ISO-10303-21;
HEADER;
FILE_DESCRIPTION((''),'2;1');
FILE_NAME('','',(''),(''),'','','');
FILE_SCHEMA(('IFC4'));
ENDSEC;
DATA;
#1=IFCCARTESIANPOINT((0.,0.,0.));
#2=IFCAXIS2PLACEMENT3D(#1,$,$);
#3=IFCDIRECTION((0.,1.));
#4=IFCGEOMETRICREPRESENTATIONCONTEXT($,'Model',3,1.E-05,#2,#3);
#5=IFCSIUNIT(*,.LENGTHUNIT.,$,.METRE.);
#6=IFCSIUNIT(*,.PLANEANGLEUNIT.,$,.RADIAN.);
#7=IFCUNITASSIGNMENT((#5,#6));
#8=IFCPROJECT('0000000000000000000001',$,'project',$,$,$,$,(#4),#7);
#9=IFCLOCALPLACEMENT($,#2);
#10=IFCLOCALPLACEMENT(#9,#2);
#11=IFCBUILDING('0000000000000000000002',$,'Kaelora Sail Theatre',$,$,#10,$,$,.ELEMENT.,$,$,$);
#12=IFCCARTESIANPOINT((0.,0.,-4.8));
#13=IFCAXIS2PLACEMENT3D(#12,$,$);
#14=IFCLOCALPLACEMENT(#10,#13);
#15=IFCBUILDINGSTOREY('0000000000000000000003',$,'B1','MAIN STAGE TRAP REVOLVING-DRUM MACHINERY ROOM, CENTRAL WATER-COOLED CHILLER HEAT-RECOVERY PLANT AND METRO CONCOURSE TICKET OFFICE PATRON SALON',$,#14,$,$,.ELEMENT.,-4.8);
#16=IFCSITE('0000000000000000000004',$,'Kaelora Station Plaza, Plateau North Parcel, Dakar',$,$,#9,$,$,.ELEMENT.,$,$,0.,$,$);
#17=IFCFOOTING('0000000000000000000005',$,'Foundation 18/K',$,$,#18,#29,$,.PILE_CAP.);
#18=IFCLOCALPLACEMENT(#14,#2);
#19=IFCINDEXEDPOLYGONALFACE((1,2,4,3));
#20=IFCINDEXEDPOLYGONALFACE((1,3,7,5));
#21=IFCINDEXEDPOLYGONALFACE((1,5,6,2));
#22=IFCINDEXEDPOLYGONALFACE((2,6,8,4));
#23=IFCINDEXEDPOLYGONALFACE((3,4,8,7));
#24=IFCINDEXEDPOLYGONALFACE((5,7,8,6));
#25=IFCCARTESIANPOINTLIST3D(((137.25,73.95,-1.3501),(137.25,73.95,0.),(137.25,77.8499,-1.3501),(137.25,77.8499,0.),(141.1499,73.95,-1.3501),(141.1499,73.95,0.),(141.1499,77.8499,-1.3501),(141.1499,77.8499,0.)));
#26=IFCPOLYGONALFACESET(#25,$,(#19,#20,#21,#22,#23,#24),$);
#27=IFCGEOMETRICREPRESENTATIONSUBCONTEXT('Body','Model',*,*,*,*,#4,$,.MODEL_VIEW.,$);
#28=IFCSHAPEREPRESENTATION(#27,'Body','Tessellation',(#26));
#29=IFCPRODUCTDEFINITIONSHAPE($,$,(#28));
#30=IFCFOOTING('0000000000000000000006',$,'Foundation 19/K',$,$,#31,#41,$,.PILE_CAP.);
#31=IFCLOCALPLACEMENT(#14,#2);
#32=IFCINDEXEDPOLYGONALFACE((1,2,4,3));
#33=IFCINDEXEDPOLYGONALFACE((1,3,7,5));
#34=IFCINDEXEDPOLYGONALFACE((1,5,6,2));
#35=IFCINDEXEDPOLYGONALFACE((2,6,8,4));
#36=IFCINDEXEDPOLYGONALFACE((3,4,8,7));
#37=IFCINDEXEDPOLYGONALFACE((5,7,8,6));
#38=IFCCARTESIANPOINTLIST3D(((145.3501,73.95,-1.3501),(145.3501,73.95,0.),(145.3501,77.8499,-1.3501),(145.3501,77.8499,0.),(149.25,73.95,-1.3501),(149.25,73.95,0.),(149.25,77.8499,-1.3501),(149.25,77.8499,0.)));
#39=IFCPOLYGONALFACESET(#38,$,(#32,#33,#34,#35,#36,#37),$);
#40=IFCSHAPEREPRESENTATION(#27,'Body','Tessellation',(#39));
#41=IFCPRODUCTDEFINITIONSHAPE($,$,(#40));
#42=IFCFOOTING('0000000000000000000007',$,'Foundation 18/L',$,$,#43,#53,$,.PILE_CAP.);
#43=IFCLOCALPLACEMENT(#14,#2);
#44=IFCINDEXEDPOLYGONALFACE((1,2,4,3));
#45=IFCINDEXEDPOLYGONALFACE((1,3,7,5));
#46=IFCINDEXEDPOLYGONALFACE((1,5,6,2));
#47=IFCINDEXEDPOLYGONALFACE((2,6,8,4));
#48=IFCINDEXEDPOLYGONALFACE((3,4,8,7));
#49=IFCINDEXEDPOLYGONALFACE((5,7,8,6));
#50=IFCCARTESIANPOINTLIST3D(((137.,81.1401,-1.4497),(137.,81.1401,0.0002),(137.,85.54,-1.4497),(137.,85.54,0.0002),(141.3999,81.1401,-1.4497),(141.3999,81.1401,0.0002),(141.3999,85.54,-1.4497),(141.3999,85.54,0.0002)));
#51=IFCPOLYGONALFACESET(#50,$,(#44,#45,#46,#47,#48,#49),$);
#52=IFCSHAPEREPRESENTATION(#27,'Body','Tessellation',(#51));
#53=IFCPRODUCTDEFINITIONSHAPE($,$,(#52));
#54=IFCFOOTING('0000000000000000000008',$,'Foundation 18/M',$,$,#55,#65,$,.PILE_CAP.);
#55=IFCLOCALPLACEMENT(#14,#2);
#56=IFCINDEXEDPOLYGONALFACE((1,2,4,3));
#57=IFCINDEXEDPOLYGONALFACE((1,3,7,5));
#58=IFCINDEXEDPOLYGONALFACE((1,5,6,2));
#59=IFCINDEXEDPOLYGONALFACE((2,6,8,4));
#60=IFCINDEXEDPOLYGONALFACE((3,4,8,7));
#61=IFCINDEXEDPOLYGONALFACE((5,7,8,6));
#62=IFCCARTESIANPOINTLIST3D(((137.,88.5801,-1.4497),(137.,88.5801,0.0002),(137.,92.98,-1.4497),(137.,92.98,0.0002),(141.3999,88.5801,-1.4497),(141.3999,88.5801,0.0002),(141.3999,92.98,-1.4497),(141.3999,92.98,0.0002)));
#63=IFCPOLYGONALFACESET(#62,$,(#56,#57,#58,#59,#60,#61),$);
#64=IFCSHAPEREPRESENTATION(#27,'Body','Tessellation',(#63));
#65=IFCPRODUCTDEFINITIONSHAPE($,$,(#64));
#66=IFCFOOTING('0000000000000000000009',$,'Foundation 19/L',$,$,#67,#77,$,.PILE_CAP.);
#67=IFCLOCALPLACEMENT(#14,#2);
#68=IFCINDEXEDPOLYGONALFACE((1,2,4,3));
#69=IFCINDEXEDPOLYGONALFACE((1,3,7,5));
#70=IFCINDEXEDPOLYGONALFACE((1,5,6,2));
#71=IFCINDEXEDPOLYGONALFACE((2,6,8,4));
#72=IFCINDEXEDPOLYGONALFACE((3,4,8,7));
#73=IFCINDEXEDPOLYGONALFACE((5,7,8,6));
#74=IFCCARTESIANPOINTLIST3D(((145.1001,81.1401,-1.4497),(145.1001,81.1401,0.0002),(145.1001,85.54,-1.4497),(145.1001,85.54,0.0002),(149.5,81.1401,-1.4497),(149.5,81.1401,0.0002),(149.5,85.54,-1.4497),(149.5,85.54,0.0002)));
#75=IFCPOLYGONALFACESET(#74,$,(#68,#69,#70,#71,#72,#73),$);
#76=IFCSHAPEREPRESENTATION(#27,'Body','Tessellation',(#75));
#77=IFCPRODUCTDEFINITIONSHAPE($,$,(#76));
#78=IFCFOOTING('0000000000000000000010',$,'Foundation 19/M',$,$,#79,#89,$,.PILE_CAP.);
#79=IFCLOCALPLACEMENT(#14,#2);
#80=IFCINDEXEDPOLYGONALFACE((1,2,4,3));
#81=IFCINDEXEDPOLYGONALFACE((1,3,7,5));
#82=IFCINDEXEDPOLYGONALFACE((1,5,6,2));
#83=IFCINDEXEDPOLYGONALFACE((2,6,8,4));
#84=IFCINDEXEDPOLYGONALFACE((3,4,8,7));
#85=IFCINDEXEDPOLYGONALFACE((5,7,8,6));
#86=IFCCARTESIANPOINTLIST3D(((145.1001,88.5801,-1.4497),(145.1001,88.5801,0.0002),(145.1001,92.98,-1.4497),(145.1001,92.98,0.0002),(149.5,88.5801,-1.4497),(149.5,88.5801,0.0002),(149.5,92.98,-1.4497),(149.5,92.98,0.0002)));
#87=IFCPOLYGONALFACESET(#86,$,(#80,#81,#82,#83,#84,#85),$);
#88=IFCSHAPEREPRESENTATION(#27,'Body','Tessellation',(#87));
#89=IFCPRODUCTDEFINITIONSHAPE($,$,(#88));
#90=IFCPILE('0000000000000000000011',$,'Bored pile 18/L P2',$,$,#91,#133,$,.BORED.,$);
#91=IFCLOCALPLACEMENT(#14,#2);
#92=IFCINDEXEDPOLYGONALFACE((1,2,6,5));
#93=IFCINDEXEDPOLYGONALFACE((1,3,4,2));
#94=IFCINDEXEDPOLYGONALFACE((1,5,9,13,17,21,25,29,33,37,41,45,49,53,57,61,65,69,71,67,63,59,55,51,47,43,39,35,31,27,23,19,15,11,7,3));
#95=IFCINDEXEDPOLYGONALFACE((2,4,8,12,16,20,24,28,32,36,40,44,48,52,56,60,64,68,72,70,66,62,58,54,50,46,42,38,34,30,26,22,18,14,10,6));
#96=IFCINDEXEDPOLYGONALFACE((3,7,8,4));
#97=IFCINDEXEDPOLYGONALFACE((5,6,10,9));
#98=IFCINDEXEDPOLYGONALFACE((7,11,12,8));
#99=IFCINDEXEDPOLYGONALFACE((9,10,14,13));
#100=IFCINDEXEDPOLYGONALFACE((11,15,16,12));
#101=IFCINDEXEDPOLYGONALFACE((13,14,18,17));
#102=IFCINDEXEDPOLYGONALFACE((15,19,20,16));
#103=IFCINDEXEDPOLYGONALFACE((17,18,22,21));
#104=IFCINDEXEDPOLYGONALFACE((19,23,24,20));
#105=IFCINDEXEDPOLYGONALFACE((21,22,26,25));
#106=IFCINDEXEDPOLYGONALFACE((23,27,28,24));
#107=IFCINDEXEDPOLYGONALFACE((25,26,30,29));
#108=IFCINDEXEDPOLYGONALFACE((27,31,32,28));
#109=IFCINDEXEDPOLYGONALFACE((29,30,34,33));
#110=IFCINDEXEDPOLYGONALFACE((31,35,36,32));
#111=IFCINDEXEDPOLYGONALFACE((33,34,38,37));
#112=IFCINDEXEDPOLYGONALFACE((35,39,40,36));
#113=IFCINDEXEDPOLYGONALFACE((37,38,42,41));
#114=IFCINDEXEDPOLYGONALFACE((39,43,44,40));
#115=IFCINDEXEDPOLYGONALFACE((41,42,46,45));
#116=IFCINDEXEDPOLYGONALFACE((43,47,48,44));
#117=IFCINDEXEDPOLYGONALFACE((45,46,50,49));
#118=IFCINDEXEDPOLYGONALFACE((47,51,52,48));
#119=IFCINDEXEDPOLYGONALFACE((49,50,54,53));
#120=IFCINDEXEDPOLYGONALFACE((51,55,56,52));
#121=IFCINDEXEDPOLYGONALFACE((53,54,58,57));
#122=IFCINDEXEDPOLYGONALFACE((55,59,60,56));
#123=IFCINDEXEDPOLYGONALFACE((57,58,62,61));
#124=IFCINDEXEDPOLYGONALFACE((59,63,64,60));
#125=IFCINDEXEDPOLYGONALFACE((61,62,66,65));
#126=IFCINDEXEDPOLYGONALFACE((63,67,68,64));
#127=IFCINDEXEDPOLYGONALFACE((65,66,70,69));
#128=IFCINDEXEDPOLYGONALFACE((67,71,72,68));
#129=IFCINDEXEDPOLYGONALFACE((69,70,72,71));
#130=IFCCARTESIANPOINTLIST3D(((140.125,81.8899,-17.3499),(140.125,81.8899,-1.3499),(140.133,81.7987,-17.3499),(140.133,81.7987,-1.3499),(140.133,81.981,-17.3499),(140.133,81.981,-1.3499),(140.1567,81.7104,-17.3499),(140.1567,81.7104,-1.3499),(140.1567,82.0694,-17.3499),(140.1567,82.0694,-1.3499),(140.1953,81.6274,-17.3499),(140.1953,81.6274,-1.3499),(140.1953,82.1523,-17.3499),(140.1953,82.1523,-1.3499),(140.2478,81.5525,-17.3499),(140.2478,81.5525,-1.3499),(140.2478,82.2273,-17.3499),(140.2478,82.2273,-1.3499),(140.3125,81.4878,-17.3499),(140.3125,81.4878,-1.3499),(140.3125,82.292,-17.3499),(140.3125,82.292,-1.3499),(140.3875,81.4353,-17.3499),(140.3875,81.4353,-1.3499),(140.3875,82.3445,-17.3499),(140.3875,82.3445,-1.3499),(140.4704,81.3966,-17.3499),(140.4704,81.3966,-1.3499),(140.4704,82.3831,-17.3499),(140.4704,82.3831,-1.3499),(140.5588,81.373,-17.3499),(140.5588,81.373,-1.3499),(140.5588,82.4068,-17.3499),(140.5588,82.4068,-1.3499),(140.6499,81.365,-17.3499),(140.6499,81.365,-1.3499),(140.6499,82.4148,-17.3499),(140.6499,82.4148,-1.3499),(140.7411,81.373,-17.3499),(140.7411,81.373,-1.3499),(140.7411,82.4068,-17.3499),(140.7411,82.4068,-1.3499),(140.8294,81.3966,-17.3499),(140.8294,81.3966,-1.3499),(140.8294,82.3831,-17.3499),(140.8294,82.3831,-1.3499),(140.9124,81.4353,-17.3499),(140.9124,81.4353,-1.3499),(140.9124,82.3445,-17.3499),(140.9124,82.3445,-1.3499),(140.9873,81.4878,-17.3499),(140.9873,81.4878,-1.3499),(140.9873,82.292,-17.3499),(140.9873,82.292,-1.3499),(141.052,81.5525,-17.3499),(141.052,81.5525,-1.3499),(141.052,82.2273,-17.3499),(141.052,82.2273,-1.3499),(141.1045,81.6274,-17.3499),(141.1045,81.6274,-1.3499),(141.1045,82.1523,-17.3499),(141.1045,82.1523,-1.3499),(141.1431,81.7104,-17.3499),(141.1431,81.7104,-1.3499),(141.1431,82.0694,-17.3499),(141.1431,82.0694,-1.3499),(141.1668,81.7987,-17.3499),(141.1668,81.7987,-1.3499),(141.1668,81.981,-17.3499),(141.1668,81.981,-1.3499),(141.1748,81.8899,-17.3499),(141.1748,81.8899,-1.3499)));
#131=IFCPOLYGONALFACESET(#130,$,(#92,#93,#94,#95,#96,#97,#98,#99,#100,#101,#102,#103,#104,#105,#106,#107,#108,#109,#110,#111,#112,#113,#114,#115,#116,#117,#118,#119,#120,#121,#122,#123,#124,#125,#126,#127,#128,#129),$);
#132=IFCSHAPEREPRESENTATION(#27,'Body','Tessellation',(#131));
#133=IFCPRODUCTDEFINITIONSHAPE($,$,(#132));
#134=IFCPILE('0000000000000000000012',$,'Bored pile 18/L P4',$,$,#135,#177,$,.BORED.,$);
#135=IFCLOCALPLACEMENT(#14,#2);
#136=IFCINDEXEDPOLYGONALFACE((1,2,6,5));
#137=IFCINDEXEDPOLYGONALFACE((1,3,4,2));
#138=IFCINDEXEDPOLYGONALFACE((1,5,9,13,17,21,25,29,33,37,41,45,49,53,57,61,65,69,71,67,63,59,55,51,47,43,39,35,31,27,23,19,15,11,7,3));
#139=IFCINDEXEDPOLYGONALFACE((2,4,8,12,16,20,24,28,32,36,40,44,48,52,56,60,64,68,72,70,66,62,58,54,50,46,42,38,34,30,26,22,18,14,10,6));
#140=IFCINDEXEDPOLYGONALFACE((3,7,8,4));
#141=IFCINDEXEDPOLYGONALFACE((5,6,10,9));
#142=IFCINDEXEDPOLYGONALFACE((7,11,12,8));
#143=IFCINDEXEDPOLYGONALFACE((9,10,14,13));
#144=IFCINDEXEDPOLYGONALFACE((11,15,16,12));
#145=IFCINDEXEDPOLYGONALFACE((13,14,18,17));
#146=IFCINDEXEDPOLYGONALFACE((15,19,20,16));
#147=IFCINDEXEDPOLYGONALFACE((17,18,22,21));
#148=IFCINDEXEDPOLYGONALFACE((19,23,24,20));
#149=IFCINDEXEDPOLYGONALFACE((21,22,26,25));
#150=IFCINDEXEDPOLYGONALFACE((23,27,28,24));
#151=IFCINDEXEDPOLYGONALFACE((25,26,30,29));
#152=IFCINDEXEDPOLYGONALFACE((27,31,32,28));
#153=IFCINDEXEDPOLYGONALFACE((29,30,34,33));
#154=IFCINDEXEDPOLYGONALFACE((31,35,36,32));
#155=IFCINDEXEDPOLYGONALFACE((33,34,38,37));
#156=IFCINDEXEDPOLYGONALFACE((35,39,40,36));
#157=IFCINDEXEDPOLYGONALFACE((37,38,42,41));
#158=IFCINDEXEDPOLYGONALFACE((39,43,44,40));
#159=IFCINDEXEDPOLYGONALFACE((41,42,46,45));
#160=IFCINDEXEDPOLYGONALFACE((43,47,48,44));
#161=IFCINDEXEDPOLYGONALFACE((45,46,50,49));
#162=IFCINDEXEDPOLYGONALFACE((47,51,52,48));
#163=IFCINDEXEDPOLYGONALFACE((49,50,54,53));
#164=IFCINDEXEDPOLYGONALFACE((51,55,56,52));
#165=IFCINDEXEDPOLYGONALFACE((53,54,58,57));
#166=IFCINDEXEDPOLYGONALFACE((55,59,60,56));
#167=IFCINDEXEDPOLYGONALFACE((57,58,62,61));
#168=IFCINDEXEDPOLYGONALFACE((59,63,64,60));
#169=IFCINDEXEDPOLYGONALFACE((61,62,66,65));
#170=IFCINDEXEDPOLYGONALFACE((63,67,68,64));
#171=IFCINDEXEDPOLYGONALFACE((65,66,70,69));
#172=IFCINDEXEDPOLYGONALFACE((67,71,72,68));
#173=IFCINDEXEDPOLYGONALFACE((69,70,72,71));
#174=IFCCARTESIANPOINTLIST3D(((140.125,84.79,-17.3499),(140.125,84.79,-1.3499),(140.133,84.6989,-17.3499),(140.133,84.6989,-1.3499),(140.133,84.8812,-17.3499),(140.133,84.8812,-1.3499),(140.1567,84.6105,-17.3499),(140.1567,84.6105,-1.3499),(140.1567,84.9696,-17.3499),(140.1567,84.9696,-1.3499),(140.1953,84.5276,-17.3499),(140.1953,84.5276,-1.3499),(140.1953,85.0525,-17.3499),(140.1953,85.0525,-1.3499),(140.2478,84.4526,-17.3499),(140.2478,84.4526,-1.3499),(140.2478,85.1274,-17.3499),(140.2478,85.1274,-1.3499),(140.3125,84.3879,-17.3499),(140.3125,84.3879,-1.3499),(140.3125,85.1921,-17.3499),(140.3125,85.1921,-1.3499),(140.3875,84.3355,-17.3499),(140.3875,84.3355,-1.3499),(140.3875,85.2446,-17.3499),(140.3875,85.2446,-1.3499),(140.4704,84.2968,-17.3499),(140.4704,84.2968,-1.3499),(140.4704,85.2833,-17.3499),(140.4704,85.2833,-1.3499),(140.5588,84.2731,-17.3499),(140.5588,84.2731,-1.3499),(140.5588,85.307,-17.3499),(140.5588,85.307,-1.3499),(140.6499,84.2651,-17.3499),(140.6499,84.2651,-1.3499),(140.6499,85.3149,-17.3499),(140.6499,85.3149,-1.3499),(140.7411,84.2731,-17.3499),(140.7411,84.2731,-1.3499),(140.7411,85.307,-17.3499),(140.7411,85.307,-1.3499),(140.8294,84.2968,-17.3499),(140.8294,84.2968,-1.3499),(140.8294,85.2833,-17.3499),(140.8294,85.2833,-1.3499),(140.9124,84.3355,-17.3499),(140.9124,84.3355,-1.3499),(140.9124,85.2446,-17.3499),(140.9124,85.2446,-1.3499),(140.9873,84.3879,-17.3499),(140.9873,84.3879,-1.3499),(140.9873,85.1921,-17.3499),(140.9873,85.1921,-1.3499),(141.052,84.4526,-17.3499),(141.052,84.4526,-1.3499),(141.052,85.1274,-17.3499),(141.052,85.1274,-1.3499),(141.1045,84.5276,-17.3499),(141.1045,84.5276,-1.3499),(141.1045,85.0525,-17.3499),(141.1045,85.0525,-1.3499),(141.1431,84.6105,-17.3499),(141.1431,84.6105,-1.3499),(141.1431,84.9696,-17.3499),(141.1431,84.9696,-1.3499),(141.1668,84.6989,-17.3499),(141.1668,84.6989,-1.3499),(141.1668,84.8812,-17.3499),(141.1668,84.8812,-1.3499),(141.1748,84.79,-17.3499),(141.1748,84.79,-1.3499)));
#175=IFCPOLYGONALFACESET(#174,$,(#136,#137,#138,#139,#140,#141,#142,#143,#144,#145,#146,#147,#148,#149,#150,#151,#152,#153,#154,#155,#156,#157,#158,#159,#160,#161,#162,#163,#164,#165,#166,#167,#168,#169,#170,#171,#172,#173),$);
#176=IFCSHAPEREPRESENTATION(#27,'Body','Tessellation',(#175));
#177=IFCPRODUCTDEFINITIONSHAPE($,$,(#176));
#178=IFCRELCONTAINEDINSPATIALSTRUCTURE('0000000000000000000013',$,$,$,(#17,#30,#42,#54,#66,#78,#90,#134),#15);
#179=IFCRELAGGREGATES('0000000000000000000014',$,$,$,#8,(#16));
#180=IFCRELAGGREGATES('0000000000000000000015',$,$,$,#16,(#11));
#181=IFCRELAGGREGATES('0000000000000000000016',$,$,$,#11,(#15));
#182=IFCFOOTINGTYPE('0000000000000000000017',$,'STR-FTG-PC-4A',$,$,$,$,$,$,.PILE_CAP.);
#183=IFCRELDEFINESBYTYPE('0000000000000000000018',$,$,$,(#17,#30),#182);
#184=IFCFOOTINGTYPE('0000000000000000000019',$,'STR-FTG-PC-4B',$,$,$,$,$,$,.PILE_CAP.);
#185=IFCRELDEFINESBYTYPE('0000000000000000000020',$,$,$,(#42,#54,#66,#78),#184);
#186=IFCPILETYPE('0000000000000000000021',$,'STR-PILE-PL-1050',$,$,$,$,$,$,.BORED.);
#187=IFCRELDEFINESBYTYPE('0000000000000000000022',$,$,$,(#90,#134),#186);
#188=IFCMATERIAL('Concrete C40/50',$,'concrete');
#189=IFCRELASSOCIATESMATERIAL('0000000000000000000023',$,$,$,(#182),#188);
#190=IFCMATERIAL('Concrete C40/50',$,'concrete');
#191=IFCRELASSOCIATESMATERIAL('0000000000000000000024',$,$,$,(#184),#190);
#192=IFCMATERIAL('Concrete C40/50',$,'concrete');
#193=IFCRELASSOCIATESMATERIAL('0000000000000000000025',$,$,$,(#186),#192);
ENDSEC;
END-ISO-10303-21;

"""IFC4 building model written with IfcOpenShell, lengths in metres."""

from ifc_helpers import new_model, si_unit, direction, frame, origin, origin_2d, place, context, subcontext, project, spatial, rectangle, circle, extrude, material, material_profile, profile_set, type_object, element, save


model = new_model("IFC4")

# Units and contexts
model_context = context("Model", 3, precision=1e-05, world=origin(), true_north=direction((0.0, 1.0)))
body_context = subcontext(model_context, "Body", "Model", "MODEL_VIEW")
ifc_project = project(units=[si_unit("LENGTHUNIT", "METRE"), si_unit("PLANEANGLEUNIT", "RADIAN")], contexts=[model_context])

# Site, building, storey
site_placement = place(None, origin())
site = spatial("IfcSite", under=ifc_project, at=site_placement, Name="Kaelora Station Plaza, Plateau North Parcel, Dakar", CompositionType="ELEMENT", RefElevation=0.0)
building_placement = place(site_placement, origin())
building = spatial("IfcBuilding", under=site, at=building_placement, Name="Kaelora Sail Theatre", CompositionType="ELEMENT")
storey_placement = place(building_placement, frame((0.0, 0.0, -4.8)))
storey = spatial("IfcBuildingStorey", under=building, at=storey_placement, Name="B1", Description="MAIN STAGE TRAP REVOLVING-DRUM MACHINERY ROOM, CENTRAL WATER-COOLED CHILLER HEAT-RECOVERY PLANT AND METRO CONCOURSE TICKET OFFICE PATRON SALON", CompositionType="ELEMENT", Elevation=-4.8)

# Footings
ifc_material_1 = material(Name="Concrete C40/50", Category="concrete")
footing_type_1 = type_object("IfcFootingType", Name="STR-FTG-PC-4A", PredefinedType="PILE_CAP", material=ifc_material_1)
for number, where, z_axis, x_axis, name in (
    (1, (139.2, 75.8999, -1.3501), (0.0, 0.0, 1.0), (1.0, 0.0, 0.0), "Foundation 18/K"),
    (2, (147.3, 75.8999, -1.3501), (0.0, 0.0, 1.0), (1.0, 0.0, 0.0), "Foundation 19/K"),
):
    element("IfcFooting", number, at=place(storey_placement, frame(where, z_axis=z_axis, x_axis=x_axis)), inside=storey, type_object=footing_type_1, Name=name, PredefinedType="PILE_CAP", context=body_context, shape_type="SweptSolid", body=[
        extrude(rectangle(XDim=3.8999, YDim=3.8999, at=origin_2d()), origin(), (0.0, 0.0, 1.0), 1.3501),
    ])
ifc_material_2 = material(Name="Concrete C40/50", Category="concrete")
footing_type_2 = type_object("IfcFootingType", Name="STR-FTG-PC-4B", PredefinedType="PILE_CAP", material=ifc_material_2)
for number, where, z_axis, x_axis, name in (
    (3, (139.2, 83.3401, -1.4497), (0.0, 0.0, 1.0), (1.0, 0.0, 0.0), "Foundation 18/L"),
    (4, (139.2, 90.78, -1.4497), (0.0, 0.0, 1.0), (1.0, 0.0, 0.0), "Foundation 18/M"),
    (5, (147.3, 83.3401, -1.4497), (0.0, 0.0, 1.0), (1.0, 0.0, 0.0), "Foundation 19/L"),
    (6, (147.3, 90.78, -1.4497), (0.0, 0.0, 1.0), (1.0, 0.0, 0.0), "Foundation 19/M"),
):
    element("IfcFooting", number, at=place(storey_placement, frame(where, z_axis=z_axis, x_axis=x_axis)), inside=storey, type_object=footing_type_2, Name=name, PredefinedType="PILE_CAP", context=body_context, shape_type="SweptSolid", body=[
        extrude(rectangle(XDim=4.3999, YDim=4.3999, at=origin_2d()), origin(), (0.0, 0.0, 1.0), 1.45),
    ])

# Piles
ifc_material_3 = material(Name="Concrete C40/50", Category="concrete")
ifc_material_profile_1 = material_profile(ifc_material_3, circle(Radius=0.5249, at=origin_2d()), Name="PILE D1050")
ifc_profile_set_1 = profile_set([ifc_material_profile_1], Name="Concrete C40/50")
pile_type_1 = type_object("IfcPileType", Name="STR-PILE-PL-1050", PredefinedType="BORED", material=ifc_profile_set_1)
for number, where, z_axis, x_axis, name in (
    (7, (140.6499, 81.8899, -1.3499), (0.0, 0.0, -1.0), (1.0, 0.0, 0.0), "Bored pile 18/L P2"),
    (8, (140.6499, 84.79, -1.3499), (0.0, 0.0, -1.0), (1.0, 0.0, 0.0), "Bored pile 18/L P4"),
):
    element("IfcPile", number, at=place(storey_placement, frame(where, z_axis=z_axis, x_axis=x_axis)), inside=storey, type_object=pile_type_1, Name=name, PredefinedType="BORED", context=body_context, shape_type="SweptSolid", body=[
        extrude(circle(Radius=0.5249, at=origin_2d()), origin(), (0.0, 0.0, 1.0), 16.0),
    ])

save(model, "model.ifc")
